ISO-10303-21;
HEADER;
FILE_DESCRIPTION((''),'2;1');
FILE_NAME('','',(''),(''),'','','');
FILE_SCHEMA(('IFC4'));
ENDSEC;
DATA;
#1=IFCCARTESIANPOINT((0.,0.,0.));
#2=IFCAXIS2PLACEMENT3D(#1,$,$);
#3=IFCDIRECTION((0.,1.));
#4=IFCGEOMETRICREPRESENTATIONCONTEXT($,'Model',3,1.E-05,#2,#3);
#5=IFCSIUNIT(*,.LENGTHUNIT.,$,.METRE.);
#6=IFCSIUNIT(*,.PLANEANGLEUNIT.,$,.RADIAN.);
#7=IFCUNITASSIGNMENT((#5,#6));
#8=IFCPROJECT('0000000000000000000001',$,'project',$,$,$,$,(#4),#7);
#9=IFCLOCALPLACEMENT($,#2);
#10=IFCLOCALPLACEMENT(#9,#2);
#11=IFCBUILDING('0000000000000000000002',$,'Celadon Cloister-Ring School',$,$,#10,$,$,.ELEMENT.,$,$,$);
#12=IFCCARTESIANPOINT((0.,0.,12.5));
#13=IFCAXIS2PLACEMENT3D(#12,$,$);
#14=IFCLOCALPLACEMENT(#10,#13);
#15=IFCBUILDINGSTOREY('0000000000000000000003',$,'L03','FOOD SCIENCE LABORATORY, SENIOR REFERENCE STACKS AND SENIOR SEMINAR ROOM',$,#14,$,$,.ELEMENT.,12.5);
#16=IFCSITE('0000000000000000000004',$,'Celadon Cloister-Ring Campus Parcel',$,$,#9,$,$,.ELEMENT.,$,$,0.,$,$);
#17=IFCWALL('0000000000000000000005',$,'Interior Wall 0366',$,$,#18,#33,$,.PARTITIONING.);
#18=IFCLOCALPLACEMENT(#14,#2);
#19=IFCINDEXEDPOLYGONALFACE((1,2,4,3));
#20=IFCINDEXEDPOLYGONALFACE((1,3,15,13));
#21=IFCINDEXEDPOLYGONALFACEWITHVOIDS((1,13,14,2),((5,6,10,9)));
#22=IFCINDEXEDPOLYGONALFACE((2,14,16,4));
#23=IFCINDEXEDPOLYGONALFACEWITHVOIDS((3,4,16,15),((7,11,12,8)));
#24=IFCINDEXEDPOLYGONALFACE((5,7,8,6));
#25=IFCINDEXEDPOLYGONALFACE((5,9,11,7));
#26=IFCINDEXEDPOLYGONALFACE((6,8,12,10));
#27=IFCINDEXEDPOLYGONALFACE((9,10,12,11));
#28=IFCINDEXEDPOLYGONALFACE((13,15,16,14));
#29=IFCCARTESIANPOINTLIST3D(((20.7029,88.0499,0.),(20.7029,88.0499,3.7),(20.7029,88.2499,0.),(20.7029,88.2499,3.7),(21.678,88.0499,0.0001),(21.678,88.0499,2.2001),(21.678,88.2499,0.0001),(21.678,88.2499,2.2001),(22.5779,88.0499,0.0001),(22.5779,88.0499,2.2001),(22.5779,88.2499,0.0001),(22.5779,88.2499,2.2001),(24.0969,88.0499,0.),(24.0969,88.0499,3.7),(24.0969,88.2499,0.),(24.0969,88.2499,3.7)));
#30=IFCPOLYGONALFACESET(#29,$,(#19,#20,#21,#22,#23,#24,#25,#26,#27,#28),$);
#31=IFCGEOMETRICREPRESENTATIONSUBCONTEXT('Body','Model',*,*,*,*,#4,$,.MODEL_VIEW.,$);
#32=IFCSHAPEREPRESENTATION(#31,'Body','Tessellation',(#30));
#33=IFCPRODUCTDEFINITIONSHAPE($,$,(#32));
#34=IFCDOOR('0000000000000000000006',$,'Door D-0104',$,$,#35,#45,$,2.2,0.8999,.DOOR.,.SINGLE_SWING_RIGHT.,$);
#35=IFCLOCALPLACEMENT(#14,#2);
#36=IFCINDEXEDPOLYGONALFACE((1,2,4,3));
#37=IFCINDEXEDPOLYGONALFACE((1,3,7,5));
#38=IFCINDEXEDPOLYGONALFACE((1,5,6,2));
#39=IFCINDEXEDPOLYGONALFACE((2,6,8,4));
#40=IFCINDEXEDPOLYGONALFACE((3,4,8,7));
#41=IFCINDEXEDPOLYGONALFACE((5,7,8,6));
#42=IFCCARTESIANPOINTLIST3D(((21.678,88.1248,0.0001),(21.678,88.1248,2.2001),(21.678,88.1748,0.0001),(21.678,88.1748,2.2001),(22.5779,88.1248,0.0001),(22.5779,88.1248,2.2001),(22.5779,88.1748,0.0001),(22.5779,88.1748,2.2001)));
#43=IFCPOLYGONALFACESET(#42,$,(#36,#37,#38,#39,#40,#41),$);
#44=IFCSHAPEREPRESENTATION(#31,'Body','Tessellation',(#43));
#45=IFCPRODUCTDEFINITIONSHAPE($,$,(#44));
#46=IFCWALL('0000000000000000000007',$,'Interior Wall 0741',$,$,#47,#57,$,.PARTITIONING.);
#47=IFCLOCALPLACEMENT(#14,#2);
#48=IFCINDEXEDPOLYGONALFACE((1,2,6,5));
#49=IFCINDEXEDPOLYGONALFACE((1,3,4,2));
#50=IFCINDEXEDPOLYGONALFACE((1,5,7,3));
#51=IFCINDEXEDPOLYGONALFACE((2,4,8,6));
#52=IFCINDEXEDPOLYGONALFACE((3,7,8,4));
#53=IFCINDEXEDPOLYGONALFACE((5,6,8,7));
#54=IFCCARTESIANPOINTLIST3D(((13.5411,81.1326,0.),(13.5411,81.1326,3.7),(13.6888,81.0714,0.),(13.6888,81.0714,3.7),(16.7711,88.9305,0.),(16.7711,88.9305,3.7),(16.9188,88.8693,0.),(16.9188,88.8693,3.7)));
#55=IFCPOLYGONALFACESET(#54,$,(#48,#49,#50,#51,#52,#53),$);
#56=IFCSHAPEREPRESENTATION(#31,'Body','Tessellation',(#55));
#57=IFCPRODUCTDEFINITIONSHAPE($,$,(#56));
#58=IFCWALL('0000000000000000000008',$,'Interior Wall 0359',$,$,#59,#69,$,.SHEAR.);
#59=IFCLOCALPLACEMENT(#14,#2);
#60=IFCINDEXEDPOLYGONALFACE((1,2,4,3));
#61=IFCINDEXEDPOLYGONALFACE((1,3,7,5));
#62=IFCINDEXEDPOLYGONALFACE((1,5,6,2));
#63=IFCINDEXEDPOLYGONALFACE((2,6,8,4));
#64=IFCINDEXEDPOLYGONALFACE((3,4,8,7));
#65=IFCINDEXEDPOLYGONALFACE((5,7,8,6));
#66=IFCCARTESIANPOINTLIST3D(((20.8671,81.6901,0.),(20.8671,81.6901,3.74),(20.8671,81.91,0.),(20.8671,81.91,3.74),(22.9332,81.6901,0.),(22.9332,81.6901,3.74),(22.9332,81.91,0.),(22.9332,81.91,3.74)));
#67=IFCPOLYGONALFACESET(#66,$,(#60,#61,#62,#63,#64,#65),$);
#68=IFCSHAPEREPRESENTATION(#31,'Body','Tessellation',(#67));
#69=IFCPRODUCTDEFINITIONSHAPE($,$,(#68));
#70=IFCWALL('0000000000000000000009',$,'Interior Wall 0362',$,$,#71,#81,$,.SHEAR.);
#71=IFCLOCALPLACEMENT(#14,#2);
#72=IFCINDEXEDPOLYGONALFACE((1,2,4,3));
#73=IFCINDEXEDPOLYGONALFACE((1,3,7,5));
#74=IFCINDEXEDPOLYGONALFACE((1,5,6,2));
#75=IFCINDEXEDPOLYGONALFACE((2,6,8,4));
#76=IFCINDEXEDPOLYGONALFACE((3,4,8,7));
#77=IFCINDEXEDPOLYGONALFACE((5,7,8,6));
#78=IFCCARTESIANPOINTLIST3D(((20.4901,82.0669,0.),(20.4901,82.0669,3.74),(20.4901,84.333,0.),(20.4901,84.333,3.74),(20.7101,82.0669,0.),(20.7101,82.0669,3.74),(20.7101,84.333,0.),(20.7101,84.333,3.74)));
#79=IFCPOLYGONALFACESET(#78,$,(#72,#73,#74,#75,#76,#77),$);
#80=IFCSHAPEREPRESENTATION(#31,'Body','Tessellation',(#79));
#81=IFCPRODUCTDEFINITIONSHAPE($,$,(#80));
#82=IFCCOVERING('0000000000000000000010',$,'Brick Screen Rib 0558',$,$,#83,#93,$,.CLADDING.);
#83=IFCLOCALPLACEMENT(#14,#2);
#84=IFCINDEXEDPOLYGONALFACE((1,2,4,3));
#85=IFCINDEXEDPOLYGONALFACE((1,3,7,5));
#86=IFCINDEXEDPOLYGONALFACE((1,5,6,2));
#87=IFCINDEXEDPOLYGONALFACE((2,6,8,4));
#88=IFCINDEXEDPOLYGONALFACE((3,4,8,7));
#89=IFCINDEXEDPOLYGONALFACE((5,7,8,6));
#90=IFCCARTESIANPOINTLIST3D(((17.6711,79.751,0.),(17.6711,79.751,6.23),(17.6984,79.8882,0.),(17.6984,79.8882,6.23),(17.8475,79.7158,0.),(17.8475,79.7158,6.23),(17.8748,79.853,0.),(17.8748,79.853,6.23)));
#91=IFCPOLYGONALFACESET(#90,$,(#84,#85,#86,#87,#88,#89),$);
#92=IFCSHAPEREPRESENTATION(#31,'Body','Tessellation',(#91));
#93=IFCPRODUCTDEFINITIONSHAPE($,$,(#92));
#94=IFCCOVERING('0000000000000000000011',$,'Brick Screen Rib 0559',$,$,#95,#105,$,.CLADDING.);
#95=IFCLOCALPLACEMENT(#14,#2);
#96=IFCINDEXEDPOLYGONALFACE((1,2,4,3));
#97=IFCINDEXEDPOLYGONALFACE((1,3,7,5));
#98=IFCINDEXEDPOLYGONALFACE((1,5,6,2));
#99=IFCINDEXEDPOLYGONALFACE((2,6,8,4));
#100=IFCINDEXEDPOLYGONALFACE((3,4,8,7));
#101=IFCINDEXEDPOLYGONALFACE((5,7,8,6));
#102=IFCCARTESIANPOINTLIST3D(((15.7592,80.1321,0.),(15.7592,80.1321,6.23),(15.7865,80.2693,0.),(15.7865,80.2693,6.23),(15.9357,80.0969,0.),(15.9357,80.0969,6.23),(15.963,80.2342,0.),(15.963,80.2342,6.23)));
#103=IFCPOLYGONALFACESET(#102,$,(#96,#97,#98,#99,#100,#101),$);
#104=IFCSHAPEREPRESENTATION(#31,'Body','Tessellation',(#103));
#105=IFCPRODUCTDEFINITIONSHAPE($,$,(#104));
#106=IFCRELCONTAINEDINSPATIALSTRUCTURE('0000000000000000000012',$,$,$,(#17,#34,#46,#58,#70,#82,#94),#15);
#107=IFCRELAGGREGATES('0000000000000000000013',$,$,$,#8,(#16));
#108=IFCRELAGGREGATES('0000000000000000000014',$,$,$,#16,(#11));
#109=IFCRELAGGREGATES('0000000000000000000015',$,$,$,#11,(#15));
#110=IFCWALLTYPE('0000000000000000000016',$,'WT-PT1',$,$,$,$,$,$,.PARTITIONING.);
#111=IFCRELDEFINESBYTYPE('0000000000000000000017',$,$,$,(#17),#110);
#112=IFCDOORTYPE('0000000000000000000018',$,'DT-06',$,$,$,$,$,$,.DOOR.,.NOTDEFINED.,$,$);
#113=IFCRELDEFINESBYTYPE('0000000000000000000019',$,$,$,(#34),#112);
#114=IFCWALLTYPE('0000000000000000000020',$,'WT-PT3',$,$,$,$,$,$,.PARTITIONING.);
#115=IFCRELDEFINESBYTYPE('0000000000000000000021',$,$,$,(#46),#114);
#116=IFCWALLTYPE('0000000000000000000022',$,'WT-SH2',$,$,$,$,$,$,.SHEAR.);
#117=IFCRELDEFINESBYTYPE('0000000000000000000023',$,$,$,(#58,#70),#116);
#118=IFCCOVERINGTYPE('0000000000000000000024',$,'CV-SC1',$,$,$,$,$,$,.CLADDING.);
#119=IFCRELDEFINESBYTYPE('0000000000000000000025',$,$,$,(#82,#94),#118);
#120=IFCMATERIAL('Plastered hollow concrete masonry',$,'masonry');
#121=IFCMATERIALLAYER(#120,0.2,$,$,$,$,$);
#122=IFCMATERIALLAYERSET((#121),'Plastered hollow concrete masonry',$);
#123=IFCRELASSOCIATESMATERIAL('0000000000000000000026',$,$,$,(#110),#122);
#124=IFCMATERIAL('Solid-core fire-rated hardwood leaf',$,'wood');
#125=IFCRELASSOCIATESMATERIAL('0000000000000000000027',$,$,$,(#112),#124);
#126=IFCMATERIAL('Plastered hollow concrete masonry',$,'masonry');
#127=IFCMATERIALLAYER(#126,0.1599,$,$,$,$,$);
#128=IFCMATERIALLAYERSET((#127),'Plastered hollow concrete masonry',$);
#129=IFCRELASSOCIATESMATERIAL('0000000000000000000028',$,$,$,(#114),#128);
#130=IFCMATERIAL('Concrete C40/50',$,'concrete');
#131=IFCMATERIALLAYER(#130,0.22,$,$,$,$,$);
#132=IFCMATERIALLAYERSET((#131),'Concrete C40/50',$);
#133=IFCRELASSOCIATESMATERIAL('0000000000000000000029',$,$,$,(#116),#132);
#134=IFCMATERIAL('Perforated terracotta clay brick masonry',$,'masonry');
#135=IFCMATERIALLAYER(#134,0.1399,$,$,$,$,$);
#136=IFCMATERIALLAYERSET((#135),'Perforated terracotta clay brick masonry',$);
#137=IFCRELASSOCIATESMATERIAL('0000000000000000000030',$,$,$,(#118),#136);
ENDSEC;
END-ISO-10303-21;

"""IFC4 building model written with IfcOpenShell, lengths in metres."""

from ifc_helpers import new_model, si_unit, direction, frame, frame_2d, origin, origin_2d, place, context, subcontext, project, spatial, rectangle, extrude, material, layer, layer_set, type_object, element, fill, save


model = new_model("IFC4")

# Units and contexts
model_context = context("Model", 3, precision=1e-05, world=origin(), true_north=direction((0.0, 1.0)))
body_context = subcontext(model_context, "Body", "Model", "MODEL_VIEW")
ifc_project = project(units=[si_unit("LENGTHUNIT", "METRE"), si_unit("PLANEANGLEUNIT", "RADIAN")], contexts=[model_context])

# Site, building, storey
site_placement = place(None, origin())
site = spatial("IfcSite", under=ifc_project, at=site_placement, Name="Celadon Cloister-Ring Campus Parcel", CompositionType="ELEMENT", RefElevation=0.0)
building_placement = place(site_placement, origin())
building = spatial("IfcBuilding", under=site, at=building_placement, Name="Celadon Cloister-Ring School", CompositionType="ELEMENT")
storey_placement = place(building_placement, frame((0.0, 0.0, 12.5)))
storey = spatial("IfcBuildingStorey", under=building, at=storey_placement, Name="L03", Description="FOOD SCIENCE LABORATORY, SENIOR REFERENCE STACKS AND SENIOR SEMINAR ROOM", CompositionType="ELEMENT", Elevation=12.5)

# Shared definitions
ifc_material_1 = material(Name="Plastered hollow concrete masonry", Category="masonry")
ifc_layer_1 = layer(ifc_material_1, 0.2)
ifc_layer_set_1 = layer_set([ifc_layer_1], Name="Plastered hollow concrete masonry")
wall_type_1 = type_object("IfcWallType", Name="WT-PT1", PredefinedType="PARTITIONING", material=ifc_layer_set_1)

# Wall, opening, door
wall_1_placement = place(storey_placement, frame((20.7029, 88.1499, 0.0), z_axis=(0.0, 0.0, 1.0), x_axis=(1.0, 0.0, 0.0)))
wall_1 = element("IfcWall", 1, at=wall_1_placement, inside=storey, type_object=wall_type_1, Name="Interior Wall 0366", PredefinedType="PARTITIONING", context=body_context, shape_type="SweptSolid", body=[
    extrude(rectangle(XDim=3.394, YDim=0.2, at=frame_2d((1.697, 0.0))), origin(), (0.0, 0.0, 1.0), 3.7),
])
opening_1_placement = place(wall_1_placement, frame((0.9751, 0.0, 0.0)))
opening_1 = element("IfcOpeningElement", 2, at=opening_1_placement, cuts=wall_1, PredefinedType="OPENING", context=body_context, shape_type="SweptSolid", body=[
    extrude(rectangle(XDim=0.8999, YDim=2.2, at=frame_2d((0.45, 1.1001))), frame((0.0, 0.1099, 0.0), z_axis=(0.0, -1.0, 0.0), x_axis=(1.0, 0.0, 0.0)), (0.0, 0.0, 1.0), 0.22),
])
ifc_material_2 = material(Name="Solid-core fire-rated hardwood leaf", Category="wood")
door_type = type_object("IfcDoorType", Name="DT-06", OperationType="NOTDEFINED", PredefinedType="DOOR", material=ifc_material_2)
door_placement = place(opening_1_placement, origin())
door = element("IfcDoor", 3, at=door_placement, inside=storey, type_object=door_type, Name="Door D-0104", OperationType="SINGLE_SWING_RIGHT", OverallHeight=2.2, OverallWidth=0.8999, PredefinedType="DOOR", context=body_context, shape_type="SweptSolid", body=[
    extrude(rectangle(XDim=0.8999, YDim=2.2, at=frame_2d((0.45, 1.1001))), frame((0.0, 0.0249, 0.0), z_axis=(0.0, -1.0, 0.0), x_axis=(1.0, 0.0, 0.0)), (0.0, 0.0, 1.0), 0.05),
])
fill(opening_1, door)

# Walls
ifc_material_3 = material(Name="Plastered hollow concrete masonry", Category="masonry")
ifc_layer_2 = layer(ifc_material_3, 0.1599)
ifc_layer_set_2 = layer_set([ifc_layer_2], Name="Plastered hollow concrete masonry")
wall_type_2 = type_object("IfcWallType", Name="WT-PT3", PredefinedType="PARTITIONING", material=ifc_layer_set_2)
wall_2_placement = place(storey_placement, frame((16.845, 88.8999, 0.0), z_axis=(0.0, 0.0, 1.0), x_axis=(-0.382684, -0.923879, 0.0)))
element("IfcWall", 4, at=wall_2_placement, inside=storey, type_object=wall_type_2, Name="Interior Wall 0741", PredefinedType="PARTITIONING", context=body_context, shape_type="SweptSolid", body=[
    extrude(rectangle(XDim=8.4404, YDim=0.1599, at=frame_2d((4.2202, 0.0))), origin(), (0.0, 0.0, 1.0), 3.7),
])
ifc_material_4 = material(Name="Concrete C40/50", Category="concrete")
ifc_layer_3 = layer(ifc_material_4, 0.22)
ifc_layer_set_3 = layer_set([ifc_layer_3], Name="Concrete C40/50")
wall_type_3 = type_object("IfcWallType", Name="WT-SH2", PredefinedType="SHEAR", material=ifc_layer_set_3)
wall_3_placement = place(storey_placement, frame((20.8669, 81.8, 0.0), z_axis=(0.0, 0.0, 1.0), x_axis=(1.0, 0.0, 0.0)))
element("IfcWall", 5, at=wall_3_placement, inside=storey, type_object=wall_type_3, Name="Interior Wall 0359", PredefinedType="SHEAR", context=body_context, shape_type="SweptSolid", body=[
    extrude(rectangle(XDim=2.0662, YDim=0.22, at=frame_2d((1.0332, 0.0))), origin(), (0.0, 0.0, 1.0), 3.74),
])
wall_4_placement = place(storey_placement, frame((20.6001, 84.333, 0.0), z_axis=(0.0, 0.0, 1.0), x_axis=(0.0, -1.0, 0.0)))
element("IfcWall", 6, at=wall_4_placement, inside=storey, type_object=wall_type_3, Name="Interior Wall 0362", PredefinedType="SHEAR", context=body_context, shape_type="SweptSolid", body=[
    extrude(rectangle(XDim=2.2661, YDim=0.22, at=frame_2d((1.1331, 0.0))), origin(), (0.0, 0.0, 1.0), 3.74),
])

# Coverings
ifc_material_5 = material(Name="Perforated terracotta clay brick masonry", Category="masonry")
ifc_layer_4 = layer(ifc_material_5, 0.1399)
ifc_layer_set_4 = layer_set([ifc_layer_4], Name="Perforated terracotta clay brick masonry")
covering_type = type_object("IfcCoveringType", Name="CV-SC1", PredefinedType="CLADDING", material=ifc_layer_set_4)
for number, where, z_axis, x_axis, name in (
    (7, (17.7729, 79.802, 0.0), (0.0, 0.0, 1.0), (-0.980775, 0.195142, 0.0), "Brick Screen Rib 0558"),
    (8, (15.8611, 80.1831, 0.0), (0.0, 0.0, 1.0), (-0.980775, 0.195142, 0.0), "Brick Screen Rib 0559"),
):
    element("IfcCovering", number, at=place(storey_placement, frame(where, z_axis=z_axis, x_axis=x_axis)), inside=storey, type_object=covering_type, Name=name, PredefinedType="CLADDING", context=body_context, shape_type="SweptSolid", body=[
        extrude(rectangle(XDim=0.1799, YDim=0.1399, at=origin_2d()), origin(), (0.0, 0.0, 1.0), 6.23),
    ])

save(model, "model.ifc")
